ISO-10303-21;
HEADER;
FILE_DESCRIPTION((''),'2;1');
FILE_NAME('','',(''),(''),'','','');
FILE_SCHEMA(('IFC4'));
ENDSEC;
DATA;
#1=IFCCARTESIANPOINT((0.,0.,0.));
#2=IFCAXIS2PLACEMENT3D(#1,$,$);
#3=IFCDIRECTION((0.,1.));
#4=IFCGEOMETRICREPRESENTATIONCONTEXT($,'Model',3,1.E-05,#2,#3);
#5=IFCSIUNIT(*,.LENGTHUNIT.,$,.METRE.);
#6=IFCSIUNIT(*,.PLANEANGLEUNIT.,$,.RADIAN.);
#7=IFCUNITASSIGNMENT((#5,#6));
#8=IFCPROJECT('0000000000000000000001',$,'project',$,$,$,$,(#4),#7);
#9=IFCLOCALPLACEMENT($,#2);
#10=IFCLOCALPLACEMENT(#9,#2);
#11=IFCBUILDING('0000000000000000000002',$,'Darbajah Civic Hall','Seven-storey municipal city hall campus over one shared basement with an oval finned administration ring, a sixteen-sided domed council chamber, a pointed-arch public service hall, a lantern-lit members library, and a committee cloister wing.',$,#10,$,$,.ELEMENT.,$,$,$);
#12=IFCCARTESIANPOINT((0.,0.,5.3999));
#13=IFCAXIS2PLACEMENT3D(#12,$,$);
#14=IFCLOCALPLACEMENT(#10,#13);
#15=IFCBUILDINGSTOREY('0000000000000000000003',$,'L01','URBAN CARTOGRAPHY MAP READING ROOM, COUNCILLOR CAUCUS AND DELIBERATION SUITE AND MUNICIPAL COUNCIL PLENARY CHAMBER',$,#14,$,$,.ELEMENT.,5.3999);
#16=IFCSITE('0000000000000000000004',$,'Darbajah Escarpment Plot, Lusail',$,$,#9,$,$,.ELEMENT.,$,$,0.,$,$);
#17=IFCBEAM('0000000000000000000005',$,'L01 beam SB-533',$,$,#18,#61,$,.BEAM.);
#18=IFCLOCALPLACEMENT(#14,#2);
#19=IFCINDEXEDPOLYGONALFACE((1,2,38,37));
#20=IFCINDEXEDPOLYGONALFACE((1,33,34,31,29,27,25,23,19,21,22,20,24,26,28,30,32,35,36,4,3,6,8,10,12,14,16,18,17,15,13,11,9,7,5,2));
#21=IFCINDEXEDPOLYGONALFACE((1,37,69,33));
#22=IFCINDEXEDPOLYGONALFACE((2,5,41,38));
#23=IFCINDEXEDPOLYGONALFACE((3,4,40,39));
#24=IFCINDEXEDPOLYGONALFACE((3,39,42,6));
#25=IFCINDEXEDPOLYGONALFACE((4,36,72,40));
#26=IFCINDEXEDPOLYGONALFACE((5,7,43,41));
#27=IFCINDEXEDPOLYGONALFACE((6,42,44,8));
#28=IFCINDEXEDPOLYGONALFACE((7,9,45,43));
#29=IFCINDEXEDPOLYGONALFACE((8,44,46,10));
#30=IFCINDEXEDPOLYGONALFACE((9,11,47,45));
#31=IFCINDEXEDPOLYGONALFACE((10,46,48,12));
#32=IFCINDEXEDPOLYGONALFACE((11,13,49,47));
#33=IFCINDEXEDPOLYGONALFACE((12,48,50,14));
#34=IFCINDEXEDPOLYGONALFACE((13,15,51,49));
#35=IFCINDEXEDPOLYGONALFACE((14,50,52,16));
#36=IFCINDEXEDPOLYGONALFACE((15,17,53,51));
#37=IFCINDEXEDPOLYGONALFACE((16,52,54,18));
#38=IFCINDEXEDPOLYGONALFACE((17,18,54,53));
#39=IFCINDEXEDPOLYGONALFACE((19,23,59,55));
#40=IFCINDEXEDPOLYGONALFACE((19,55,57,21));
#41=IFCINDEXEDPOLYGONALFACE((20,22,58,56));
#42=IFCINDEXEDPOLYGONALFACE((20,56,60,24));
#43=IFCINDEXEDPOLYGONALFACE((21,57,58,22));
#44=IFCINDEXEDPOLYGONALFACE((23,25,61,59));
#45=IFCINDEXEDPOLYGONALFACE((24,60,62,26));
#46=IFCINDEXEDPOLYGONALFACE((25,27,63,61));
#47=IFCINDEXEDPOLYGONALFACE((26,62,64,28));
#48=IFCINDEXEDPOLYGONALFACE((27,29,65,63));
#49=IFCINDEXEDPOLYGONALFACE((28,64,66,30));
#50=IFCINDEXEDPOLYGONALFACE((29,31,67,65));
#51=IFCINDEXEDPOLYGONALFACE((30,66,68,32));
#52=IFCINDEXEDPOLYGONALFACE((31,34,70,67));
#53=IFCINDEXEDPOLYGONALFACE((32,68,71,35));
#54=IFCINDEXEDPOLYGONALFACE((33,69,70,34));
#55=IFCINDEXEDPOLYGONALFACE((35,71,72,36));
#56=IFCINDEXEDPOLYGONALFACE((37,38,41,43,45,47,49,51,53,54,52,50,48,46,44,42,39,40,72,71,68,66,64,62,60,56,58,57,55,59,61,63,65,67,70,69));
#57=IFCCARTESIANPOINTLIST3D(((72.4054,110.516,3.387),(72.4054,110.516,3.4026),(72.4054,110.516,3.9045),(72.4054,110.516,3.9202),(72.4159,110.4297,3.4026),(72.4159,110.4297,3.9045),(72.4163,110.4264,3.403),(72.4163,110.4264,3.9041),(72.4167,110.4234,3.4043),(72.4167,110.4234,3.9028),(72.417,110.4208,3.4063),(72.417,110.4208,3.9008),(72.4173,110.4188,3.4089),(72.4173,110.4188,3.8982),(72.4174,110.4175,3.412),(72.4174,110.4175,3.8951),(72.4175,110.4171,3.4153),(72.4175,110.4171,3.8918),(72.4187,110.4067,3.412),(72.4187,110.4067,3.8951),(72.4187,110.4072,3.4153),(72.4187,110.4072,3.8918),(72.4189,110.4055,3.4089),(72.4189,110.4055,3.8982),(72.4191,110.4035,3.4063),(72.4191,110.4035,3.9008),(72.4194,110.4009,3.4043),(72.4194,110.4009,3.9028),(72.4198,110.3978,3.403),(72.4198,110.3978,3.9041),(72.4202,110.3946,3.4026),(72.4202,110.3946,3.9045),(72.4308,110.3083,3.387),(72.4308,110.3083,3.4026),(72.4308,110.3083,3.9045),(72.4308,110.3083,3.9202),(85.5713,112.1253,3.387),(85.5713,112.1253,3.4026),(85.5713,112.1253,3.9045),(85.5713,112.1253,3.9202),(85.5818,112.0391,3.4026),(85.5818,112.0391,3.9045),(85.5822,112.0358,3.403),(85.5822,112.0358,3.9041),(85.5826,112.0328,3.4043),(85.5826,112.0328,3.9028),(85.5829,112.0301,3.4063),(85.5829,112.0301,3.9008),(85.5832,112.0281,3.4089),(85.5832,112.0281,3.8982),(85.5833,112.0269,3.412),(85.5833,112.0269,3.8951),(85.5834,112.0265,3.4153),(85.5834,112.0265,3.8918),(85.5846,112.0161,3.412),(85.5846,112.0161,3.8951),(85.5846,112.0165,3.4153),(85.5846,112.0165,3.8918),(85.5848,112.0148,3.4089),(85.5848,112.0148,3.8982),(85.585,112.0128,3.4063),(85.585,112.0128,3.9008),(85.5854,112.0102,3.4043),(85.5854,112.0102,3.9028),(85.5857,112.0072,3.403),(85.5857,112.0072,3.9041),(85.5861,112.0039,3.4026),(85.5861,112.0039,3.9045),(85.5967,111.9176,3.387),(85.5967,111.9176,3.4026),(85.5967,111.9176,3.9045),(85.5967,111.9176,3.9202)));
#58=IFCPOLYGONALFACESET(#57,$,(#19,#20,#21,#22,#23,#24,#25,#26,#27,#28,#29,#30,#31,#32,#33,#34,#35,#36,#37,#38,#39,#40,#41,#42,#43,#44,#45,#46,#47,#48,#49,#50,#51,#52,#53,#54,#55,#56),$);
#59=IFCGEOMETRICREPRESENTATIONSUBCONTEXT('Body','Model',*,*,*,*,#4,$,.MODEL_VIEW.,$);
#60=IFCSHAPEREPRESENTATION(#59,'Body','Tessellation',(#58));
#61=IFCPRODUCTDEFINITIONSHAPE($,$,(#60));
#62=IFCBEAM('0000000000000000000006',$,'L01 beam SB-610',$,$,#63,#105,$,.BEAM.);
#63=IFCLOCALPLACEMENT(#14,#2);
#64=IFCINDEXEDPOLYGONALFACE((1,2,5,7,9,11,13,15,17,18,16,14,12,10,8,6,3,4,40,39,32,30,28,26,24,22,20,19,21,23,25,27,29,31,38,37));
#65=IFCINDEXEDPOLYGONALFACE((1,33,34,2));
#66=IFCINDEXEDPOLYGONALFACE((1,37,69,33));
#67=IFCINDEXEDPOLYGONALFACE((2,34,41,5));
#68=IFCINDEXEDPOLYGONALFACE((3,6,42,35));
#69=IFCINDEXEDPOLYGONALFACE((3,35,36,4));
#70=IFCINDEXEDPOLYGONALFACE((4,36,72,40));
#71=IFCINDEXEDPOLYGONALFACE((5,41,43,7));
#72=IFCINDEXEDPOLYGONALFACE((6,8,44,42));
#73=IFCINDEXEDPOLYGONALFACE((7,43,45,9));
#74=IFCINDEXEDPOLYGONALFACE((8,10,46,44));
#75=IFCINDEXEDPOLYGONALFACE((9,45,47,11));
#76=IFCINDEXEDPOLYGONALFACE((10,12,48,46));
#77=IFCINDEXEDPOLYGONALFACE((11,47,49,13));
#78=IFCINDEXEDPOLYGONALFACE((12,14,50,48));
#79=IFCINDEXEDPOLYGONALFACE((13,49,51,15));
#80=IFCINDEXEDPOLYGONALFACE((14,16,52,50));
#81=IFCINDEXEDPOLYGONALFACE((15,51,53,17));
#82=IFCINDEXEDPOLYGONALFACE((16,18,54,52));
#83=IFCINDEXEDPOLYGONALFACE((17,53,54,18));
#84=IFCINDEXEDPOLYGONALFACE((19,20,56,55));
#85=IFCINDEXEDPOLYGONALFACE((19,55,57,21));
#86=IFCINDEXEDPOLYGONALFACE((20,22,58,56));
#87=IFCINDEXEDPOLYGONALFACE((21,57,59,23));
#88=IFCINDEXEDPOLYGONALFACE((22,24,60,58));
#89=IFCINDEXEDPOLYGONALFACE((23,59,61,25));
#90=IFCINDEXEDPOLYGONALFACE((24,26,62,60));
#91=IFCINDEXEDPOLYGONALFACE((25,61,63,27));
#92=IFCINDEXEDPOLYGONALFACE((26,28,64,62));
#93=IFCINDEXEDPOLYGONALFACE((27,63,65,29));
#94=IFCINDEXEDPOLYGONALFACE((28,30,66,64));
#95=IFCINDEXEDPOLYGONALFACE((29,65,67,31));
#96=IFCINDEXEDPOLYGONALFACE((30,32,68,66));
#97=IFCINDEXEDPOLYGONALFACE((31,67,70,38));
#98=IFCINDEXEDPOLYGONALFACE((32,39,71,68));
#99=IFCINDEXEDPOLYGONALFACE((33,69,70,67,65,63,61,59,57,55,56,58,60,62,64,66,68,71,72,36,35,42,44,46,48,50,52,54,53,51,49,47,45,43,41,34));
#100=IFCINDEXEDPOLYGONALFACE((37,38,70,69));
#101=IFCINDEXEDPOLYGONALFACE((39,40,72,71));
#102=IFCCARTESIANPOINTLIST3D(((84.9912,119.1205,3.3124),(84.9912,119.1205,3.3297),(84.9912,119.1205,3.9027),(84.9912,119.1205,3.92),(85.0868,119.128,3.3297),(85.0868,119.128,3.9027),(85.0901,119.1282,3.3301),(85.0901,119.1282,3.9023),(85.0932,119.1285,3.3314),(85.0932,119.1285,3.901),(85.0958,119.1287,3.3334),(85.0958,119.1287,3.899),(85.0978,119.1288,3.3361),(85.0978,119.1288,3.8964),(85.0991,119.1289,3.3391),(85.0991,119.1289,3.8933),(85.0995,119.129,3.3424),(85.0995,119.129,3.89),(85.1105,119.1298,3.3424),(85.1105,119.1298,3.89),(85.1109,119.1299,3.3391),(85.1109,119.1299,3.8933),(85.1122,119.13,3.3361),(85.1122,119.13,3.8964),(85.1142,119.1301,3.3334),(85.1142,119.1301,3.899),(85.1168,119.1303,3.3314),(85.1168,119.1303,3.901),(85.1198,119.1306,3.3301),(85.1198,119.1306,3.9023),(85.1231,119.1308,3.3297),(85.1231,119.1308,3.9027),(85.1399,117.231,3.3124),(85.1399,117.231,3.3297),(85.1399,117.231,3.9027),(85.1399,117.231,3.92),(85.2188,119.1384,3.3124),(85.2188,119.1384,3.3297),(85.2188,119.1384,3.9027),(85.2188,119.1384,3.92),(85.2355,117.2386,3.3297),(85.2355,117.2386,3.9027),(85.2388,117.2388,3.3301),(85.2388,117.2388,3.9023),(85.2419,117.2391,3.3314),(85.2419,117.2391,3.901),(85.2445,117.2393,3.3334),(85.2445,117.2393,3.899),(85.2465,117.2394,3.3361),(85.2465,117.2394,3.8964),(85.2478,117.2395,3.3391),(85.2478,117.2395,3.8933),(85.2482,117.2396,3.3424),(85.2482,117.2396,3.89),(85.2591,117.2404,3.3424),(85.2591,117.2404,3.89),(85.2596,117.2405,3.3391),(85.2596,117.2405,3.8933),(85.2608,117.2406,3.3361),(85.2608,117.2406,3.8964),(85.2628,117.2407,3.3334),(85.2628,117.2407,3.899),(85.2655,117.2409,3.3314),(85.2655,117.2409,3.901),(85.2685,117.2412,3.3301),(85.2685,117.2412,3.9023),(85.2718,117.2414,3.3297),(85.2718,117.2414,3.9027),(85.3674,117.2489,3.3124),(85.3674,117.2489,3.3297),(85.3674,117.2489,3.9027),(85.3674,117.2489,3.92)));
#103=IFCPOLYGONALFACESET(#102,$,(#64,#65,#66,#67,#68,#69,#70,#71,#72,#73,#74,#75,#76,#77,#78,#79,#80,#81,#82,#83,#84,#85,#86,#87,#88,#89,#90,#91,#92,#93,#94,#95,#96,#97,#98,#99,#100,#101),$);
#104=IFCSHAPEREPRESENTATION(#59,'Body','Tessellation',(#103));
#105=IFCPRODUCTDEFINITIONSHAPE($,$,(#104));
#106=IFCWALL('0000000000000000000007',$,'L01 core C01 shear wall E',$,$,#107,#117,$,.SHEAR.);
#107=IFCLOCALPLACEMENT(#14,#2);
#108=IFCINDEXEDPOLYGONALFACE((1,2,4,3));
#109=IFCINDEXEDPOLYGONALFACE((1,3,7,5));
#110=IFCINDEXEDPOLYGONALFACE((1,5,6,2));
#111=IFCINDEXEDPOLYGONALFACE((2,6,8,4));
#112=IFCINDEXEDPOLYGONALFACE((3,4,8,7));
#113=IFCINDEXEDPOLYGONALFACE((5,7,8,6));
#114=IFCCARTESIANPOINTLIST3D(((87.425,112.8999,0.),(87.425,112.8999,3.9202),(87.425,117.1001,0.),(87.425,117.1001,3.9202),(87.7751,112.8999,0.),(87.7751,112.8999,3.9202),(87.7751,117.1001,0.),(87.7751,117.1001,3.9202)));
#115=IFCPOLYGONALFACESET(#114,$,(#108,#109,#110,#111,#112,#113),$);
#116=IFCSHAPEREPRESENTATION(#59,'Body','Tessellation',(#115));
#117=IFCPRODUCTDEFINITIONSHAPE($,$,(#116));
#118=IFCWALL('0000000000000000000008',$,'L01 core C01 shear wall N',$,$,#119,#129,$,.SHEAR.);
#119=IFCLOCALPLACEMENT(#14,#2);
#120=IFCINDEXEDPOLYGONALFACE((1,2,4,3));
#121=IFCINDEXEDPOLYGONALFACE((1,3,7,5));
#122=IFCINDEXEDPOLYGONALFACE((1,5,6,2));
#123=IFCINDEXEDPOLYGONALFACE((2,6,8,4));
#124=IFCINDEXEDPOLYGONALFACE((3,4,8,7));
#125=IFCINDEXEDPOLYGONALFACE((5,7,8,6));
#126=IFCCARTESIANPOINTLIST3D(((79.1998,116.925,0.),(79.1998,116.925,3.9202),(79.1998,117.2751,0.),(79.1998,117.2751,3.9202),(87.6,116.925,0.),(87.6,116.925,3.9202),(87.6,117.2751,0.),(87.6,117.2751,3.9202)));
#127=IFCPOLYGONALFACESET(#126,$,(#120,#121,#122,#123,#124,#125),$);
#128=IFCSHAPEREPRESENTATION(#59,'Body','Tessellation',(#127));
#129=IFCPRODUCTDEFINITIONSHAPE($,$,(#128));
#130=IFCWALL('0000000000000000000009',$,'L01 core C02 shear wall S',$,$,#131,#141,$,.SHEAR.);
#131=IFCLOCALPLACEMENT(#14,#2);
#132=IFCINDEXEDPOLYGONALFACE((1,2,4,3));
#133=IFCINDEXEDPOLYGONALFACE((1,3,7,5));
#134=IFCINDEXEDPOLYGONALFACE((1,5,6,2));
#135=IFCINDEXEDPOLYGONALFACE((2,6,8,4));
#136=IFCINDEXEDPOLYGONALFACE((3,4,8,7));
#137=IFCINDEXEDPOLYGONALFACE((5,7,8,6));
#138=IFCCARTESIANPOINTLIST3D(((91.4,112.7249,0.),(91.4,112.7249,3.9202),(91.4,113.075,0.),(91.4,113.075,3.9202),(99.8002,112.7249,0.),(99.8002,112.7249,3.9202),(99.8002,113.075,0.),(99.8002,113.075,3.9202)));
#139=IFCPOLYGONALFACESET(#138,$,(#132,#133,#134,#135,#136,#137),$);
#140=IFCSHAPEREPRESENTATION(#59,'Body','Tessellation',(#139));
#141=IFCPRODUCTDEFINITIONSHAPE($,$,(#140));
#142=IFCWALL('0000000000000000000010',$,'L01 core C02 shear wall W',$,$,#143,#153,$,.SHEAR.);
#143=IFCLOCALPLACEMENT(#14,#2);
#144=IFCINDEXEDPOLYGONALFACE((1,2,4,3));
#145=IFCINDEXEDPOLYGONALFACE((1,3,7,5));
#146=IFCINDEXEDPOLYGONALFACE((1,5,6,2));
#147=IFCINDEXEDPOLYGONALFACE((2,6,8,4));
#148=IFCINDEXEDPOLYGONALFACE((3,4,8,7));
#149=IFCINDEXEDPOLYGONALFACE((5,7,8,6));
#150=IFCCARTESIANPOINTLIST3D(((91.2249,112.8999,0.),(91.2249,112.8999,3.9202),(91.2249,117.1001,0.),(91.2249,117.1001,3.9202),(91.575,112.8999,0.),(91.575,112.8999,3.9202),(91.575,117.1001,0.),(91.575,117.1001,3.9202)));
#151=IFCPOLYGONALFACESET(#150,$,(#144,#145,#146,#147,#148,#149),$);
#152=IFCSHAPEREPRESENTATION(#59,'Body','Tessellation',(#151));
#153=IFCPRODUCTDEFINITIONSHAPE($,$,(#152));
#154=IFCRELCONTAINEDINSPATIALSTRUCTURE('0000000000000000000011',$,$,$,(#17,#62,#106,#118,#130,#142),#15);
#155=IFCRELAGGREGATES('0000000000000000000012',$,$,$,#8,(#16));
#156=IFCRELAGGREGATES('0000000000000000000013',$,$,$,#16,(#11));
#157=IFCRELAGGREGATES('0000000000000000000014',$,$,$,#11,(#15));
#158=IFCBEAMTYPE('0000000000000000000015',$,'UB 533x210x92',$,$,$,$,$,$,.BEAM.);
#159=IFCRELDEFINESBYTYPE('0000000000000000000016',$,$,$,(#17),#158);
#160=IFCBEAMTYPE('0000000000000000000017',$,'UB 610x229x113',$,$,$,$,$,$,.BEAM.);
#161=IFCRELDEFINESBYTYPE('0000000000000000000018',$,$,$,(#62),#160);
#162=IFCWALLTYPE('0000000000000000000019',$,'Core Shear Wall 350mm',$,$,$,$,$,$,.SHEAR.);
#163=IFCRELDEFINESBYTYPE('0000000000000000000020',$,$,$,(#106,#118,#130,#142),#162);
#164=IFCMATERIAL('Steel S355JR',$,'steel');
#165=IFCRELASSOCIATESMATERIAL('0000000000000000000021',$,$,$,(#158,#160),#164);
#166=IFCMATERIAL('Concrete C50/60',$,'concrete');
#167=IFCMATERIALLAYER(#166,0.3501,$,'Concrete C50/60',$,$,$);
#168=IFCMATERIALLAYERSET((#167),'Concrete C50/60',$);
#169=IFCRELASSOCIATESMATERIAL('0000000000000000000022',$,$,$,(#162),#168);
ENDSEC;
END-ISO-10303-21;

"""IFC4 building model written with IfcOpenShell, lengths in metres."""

from ifc_helpers import new_model, si_unit, direction, frame, frame_2d, origin, origin_2d, place, context, subcontext, project, spatial, rectangle, i_section, extrude, material, layer, layer_set, material_profile, profile_set, type_object, element, save


model = new_model("IFC4")

# Units and contexts
model_context = context("Model", 3, precision=1e-05, world=origin(), true_north=direction((0.0, 1.0)))
body_context = subcontext(model_context, "Body", "Model", "MODEL_VIEW")
ifc_project = project(units=[si_unit("LENGTHUNIT", "METRE"), si_unit("PLANEANGLEUNIT", "RADIAN")], contexts=[model_context])

# Site, building, storey
site_placement = place(None, origin())
site = spatial("IfcSite", under=ifc_project, at=site_placement, Name="Darbajah Escarpment Plot, Lusail", CompositionType="ELEMENT", RefElevation=0.0)
building_placement = place(site_placement, origin())
building = spatial("IfcBuilding", under=site, at=building_placement, Name="Darbajah Civic Hall", Description="Seven-storey municipal city hall campus over one shared basement with an oval finned administration ring, a sixteen-sided domed council chamber, a pointed-arch public service hall, a lantern-lit members library, and a committee cloister wing.", CompositionType="ELEMENT")
storey_placement = place(building_placement, frame((0.0, 0.0, 5.3999)))
storey = spatial("IfcBuildingStorey", under=building, at=storey_placement, Name="L01", Description="URBAN CARTOGRAPHY MAP READING ROOM, COUNCILLOR CAUCUS AND DELIBERATION SUITE AND MUNICIPAL COUNCIL PLENARY CHAMBER", CompositionType="ELEMENT", Elevation=5.3999)

# Shared definitions
ifc_material_1 = material(Name="Concrete C50/60", Category="concrete")

# Beams
ifc_material_2 = material(Name="Steel S355JR", Category="steel")
ifc_material_profile_1 = material_profile(ifc_material_2, i_section(OverallWidth=0.2092, OverallDepth=0.5332, WebThickness=0.01, FlangeThickness=0.0156, FilletRadius=0.0127, at=origin_2d()), Name="UB 533x210x92")
ifc_profile_set_1 = profile_set([ifc_material_profile_1], Name="Steel S355JR")
beam_type_1 = type_object("IfcBeamType", Name="UB 533x210x92", PredefinedType="BEAM", material=ifc_profile_set_1)
beam_1_placement = place(storey_placement, frame((85.584, 112.0215, 3.6536), z_axis=(-0.992612, -0.121334, 0.0), x_axis=(0.121334, -0.992612, 0.0)))
element("IfcBeam", 1, at=beam_1_placement, inside=storey, type_object=beam_type_1, Name="L01 beam SB-533", PredefinedType="BEAM", context=body_context, shape_type="SweptSolid", body=[
    extrude(i_section(OverallWidth=0.2092, OverallDepth=0.5332, WebThickness=0.01, FlangeThickness=0.0156, FilletRadius=0.0127, at=origin_2d()), origin(), (0.0, 0.0, 1.0), 13.2639),
])
ifc_material_profile_2 = material_profile(ifc_material_2, i_section(OverallWidth=0.2283, OverallDepth=0.6077, WebThickness=0.011, FlangeThickness=0.0173, FilletRadius=0.0127, at=origin_2d()), Name="UB 610x229x113")
ifc_profile_set_2 = profile_set([ifc_material_profile_2], Name="Steel S355JR")
beam_type_2 = type_object("IfcBeamType", Name="UB 610x229x113", PredefinedType="BEAM", material=ifc_profile_set_2)
beam_2_placement = place(storey_placement, frame((85.2537, 117.24, 3.6162), z_axis=(-0.07845, 0.996918, 0.0), x_axis=(-0.996918, -0.07845, 0.0)))
element("IfcBeam", 2, at=beam_2_placement, inside=storey, type_object=beam_type_2, Name="L01 beam SB-610", PredefinedType="BEAM", context=body_context, shape_type="SweptSolid", body=[
    extrude(i_section(OverallWidth=0.2283, OverallDepth=0.6077, WebThickness=0.011, FlangeThickness=0.0173, FilletRadius=0.0127, at=origin_2d()), origin(), (0.0, 0.0, 1.0), 1.8953),
])

# Walls
ifc_layer_1 = layer(ifc_material_1, 0.3501, Name="Concrete C50/60")
ifc_layer_set_1 = layer_set([ifc_layer_1], Name="Concrete C50/60")
wall_type_1 = type_object("IfcWallType", Name="Core Shear Wall 350mm", PredefinedType="SHEAR", material=ifc_layer_set_1)
wall_1_placement = place(storey_placement, frame((87.6001, 112.8999, 0.0), z_axis=(0.0, 0.0, 1.0), x_axis=(0.0, 1.0, 0.0)))
element("IfcWall", 3, at=wall_1_placement, inside=storey, type_object=wall_type_1, Name="L01 core C01 shear wall E", PredefinedType="SHEAR", context=body_context, shape_type="SweptSolid", body=[
    extrude(rectangle(XDim=4.2002, YDim=0.3501, at=frame_2d((2.1001, 0.0))), origin(), (0.0, 0.0, 1.0), 3.9202),
])
for number, where, z_axis, x_axis, name in (
    (4, (87.6001, 117.1001, 0.0), (0.0, 0.0, 1.0), (-1.0, 0.0, 0.0), "L01 core C01 shear wall N"),
    (5, (91.3999, 112.8999, 0.0), (0.0, 0.0, 1.0), (1.0, 0.0, 0.0), "L01 core C02 shear wall S"),
):
    element("IfcWall", number, at=place(storey_placement, frame(where, z_axis=z_axis, x_axis=x_axis)), inside=storey, type_object=wall_type_1, Name=name, PredefinedType="SHEAR", context=body_context, shape_type="SweptSolid", body=[
        extrude(rectangle(XDim=8.4001, YDim=0.3501, at=frame_2d((4.2002, 0.0))), origin(), (0.0, 0.0, 1.0), 3.9202),
    ])
wall_2_placement = place(storey_placement, frame((91.3999, 117.1001, 0.0), z_axis=(0.0, 0.0, 1.0), x_axis=(0.0, -1.0, 0.0)))
element("IfcWall", 6, at=wall_2_placement, inside=storey, type_object=wall_type_1, Name="L01 core C02 shear wall W", PredefinedType="SHEAR", context=body_context, shape_type="SweptSolid", body=[
    extrude(rectangle(XDim=4.2002, YDim=0.3501, at=frame_2d((2.1001, 0.0))), origin(), (0.0, 0.0, 1.0), 3.9202),
])

save(model, "model.ifc")
